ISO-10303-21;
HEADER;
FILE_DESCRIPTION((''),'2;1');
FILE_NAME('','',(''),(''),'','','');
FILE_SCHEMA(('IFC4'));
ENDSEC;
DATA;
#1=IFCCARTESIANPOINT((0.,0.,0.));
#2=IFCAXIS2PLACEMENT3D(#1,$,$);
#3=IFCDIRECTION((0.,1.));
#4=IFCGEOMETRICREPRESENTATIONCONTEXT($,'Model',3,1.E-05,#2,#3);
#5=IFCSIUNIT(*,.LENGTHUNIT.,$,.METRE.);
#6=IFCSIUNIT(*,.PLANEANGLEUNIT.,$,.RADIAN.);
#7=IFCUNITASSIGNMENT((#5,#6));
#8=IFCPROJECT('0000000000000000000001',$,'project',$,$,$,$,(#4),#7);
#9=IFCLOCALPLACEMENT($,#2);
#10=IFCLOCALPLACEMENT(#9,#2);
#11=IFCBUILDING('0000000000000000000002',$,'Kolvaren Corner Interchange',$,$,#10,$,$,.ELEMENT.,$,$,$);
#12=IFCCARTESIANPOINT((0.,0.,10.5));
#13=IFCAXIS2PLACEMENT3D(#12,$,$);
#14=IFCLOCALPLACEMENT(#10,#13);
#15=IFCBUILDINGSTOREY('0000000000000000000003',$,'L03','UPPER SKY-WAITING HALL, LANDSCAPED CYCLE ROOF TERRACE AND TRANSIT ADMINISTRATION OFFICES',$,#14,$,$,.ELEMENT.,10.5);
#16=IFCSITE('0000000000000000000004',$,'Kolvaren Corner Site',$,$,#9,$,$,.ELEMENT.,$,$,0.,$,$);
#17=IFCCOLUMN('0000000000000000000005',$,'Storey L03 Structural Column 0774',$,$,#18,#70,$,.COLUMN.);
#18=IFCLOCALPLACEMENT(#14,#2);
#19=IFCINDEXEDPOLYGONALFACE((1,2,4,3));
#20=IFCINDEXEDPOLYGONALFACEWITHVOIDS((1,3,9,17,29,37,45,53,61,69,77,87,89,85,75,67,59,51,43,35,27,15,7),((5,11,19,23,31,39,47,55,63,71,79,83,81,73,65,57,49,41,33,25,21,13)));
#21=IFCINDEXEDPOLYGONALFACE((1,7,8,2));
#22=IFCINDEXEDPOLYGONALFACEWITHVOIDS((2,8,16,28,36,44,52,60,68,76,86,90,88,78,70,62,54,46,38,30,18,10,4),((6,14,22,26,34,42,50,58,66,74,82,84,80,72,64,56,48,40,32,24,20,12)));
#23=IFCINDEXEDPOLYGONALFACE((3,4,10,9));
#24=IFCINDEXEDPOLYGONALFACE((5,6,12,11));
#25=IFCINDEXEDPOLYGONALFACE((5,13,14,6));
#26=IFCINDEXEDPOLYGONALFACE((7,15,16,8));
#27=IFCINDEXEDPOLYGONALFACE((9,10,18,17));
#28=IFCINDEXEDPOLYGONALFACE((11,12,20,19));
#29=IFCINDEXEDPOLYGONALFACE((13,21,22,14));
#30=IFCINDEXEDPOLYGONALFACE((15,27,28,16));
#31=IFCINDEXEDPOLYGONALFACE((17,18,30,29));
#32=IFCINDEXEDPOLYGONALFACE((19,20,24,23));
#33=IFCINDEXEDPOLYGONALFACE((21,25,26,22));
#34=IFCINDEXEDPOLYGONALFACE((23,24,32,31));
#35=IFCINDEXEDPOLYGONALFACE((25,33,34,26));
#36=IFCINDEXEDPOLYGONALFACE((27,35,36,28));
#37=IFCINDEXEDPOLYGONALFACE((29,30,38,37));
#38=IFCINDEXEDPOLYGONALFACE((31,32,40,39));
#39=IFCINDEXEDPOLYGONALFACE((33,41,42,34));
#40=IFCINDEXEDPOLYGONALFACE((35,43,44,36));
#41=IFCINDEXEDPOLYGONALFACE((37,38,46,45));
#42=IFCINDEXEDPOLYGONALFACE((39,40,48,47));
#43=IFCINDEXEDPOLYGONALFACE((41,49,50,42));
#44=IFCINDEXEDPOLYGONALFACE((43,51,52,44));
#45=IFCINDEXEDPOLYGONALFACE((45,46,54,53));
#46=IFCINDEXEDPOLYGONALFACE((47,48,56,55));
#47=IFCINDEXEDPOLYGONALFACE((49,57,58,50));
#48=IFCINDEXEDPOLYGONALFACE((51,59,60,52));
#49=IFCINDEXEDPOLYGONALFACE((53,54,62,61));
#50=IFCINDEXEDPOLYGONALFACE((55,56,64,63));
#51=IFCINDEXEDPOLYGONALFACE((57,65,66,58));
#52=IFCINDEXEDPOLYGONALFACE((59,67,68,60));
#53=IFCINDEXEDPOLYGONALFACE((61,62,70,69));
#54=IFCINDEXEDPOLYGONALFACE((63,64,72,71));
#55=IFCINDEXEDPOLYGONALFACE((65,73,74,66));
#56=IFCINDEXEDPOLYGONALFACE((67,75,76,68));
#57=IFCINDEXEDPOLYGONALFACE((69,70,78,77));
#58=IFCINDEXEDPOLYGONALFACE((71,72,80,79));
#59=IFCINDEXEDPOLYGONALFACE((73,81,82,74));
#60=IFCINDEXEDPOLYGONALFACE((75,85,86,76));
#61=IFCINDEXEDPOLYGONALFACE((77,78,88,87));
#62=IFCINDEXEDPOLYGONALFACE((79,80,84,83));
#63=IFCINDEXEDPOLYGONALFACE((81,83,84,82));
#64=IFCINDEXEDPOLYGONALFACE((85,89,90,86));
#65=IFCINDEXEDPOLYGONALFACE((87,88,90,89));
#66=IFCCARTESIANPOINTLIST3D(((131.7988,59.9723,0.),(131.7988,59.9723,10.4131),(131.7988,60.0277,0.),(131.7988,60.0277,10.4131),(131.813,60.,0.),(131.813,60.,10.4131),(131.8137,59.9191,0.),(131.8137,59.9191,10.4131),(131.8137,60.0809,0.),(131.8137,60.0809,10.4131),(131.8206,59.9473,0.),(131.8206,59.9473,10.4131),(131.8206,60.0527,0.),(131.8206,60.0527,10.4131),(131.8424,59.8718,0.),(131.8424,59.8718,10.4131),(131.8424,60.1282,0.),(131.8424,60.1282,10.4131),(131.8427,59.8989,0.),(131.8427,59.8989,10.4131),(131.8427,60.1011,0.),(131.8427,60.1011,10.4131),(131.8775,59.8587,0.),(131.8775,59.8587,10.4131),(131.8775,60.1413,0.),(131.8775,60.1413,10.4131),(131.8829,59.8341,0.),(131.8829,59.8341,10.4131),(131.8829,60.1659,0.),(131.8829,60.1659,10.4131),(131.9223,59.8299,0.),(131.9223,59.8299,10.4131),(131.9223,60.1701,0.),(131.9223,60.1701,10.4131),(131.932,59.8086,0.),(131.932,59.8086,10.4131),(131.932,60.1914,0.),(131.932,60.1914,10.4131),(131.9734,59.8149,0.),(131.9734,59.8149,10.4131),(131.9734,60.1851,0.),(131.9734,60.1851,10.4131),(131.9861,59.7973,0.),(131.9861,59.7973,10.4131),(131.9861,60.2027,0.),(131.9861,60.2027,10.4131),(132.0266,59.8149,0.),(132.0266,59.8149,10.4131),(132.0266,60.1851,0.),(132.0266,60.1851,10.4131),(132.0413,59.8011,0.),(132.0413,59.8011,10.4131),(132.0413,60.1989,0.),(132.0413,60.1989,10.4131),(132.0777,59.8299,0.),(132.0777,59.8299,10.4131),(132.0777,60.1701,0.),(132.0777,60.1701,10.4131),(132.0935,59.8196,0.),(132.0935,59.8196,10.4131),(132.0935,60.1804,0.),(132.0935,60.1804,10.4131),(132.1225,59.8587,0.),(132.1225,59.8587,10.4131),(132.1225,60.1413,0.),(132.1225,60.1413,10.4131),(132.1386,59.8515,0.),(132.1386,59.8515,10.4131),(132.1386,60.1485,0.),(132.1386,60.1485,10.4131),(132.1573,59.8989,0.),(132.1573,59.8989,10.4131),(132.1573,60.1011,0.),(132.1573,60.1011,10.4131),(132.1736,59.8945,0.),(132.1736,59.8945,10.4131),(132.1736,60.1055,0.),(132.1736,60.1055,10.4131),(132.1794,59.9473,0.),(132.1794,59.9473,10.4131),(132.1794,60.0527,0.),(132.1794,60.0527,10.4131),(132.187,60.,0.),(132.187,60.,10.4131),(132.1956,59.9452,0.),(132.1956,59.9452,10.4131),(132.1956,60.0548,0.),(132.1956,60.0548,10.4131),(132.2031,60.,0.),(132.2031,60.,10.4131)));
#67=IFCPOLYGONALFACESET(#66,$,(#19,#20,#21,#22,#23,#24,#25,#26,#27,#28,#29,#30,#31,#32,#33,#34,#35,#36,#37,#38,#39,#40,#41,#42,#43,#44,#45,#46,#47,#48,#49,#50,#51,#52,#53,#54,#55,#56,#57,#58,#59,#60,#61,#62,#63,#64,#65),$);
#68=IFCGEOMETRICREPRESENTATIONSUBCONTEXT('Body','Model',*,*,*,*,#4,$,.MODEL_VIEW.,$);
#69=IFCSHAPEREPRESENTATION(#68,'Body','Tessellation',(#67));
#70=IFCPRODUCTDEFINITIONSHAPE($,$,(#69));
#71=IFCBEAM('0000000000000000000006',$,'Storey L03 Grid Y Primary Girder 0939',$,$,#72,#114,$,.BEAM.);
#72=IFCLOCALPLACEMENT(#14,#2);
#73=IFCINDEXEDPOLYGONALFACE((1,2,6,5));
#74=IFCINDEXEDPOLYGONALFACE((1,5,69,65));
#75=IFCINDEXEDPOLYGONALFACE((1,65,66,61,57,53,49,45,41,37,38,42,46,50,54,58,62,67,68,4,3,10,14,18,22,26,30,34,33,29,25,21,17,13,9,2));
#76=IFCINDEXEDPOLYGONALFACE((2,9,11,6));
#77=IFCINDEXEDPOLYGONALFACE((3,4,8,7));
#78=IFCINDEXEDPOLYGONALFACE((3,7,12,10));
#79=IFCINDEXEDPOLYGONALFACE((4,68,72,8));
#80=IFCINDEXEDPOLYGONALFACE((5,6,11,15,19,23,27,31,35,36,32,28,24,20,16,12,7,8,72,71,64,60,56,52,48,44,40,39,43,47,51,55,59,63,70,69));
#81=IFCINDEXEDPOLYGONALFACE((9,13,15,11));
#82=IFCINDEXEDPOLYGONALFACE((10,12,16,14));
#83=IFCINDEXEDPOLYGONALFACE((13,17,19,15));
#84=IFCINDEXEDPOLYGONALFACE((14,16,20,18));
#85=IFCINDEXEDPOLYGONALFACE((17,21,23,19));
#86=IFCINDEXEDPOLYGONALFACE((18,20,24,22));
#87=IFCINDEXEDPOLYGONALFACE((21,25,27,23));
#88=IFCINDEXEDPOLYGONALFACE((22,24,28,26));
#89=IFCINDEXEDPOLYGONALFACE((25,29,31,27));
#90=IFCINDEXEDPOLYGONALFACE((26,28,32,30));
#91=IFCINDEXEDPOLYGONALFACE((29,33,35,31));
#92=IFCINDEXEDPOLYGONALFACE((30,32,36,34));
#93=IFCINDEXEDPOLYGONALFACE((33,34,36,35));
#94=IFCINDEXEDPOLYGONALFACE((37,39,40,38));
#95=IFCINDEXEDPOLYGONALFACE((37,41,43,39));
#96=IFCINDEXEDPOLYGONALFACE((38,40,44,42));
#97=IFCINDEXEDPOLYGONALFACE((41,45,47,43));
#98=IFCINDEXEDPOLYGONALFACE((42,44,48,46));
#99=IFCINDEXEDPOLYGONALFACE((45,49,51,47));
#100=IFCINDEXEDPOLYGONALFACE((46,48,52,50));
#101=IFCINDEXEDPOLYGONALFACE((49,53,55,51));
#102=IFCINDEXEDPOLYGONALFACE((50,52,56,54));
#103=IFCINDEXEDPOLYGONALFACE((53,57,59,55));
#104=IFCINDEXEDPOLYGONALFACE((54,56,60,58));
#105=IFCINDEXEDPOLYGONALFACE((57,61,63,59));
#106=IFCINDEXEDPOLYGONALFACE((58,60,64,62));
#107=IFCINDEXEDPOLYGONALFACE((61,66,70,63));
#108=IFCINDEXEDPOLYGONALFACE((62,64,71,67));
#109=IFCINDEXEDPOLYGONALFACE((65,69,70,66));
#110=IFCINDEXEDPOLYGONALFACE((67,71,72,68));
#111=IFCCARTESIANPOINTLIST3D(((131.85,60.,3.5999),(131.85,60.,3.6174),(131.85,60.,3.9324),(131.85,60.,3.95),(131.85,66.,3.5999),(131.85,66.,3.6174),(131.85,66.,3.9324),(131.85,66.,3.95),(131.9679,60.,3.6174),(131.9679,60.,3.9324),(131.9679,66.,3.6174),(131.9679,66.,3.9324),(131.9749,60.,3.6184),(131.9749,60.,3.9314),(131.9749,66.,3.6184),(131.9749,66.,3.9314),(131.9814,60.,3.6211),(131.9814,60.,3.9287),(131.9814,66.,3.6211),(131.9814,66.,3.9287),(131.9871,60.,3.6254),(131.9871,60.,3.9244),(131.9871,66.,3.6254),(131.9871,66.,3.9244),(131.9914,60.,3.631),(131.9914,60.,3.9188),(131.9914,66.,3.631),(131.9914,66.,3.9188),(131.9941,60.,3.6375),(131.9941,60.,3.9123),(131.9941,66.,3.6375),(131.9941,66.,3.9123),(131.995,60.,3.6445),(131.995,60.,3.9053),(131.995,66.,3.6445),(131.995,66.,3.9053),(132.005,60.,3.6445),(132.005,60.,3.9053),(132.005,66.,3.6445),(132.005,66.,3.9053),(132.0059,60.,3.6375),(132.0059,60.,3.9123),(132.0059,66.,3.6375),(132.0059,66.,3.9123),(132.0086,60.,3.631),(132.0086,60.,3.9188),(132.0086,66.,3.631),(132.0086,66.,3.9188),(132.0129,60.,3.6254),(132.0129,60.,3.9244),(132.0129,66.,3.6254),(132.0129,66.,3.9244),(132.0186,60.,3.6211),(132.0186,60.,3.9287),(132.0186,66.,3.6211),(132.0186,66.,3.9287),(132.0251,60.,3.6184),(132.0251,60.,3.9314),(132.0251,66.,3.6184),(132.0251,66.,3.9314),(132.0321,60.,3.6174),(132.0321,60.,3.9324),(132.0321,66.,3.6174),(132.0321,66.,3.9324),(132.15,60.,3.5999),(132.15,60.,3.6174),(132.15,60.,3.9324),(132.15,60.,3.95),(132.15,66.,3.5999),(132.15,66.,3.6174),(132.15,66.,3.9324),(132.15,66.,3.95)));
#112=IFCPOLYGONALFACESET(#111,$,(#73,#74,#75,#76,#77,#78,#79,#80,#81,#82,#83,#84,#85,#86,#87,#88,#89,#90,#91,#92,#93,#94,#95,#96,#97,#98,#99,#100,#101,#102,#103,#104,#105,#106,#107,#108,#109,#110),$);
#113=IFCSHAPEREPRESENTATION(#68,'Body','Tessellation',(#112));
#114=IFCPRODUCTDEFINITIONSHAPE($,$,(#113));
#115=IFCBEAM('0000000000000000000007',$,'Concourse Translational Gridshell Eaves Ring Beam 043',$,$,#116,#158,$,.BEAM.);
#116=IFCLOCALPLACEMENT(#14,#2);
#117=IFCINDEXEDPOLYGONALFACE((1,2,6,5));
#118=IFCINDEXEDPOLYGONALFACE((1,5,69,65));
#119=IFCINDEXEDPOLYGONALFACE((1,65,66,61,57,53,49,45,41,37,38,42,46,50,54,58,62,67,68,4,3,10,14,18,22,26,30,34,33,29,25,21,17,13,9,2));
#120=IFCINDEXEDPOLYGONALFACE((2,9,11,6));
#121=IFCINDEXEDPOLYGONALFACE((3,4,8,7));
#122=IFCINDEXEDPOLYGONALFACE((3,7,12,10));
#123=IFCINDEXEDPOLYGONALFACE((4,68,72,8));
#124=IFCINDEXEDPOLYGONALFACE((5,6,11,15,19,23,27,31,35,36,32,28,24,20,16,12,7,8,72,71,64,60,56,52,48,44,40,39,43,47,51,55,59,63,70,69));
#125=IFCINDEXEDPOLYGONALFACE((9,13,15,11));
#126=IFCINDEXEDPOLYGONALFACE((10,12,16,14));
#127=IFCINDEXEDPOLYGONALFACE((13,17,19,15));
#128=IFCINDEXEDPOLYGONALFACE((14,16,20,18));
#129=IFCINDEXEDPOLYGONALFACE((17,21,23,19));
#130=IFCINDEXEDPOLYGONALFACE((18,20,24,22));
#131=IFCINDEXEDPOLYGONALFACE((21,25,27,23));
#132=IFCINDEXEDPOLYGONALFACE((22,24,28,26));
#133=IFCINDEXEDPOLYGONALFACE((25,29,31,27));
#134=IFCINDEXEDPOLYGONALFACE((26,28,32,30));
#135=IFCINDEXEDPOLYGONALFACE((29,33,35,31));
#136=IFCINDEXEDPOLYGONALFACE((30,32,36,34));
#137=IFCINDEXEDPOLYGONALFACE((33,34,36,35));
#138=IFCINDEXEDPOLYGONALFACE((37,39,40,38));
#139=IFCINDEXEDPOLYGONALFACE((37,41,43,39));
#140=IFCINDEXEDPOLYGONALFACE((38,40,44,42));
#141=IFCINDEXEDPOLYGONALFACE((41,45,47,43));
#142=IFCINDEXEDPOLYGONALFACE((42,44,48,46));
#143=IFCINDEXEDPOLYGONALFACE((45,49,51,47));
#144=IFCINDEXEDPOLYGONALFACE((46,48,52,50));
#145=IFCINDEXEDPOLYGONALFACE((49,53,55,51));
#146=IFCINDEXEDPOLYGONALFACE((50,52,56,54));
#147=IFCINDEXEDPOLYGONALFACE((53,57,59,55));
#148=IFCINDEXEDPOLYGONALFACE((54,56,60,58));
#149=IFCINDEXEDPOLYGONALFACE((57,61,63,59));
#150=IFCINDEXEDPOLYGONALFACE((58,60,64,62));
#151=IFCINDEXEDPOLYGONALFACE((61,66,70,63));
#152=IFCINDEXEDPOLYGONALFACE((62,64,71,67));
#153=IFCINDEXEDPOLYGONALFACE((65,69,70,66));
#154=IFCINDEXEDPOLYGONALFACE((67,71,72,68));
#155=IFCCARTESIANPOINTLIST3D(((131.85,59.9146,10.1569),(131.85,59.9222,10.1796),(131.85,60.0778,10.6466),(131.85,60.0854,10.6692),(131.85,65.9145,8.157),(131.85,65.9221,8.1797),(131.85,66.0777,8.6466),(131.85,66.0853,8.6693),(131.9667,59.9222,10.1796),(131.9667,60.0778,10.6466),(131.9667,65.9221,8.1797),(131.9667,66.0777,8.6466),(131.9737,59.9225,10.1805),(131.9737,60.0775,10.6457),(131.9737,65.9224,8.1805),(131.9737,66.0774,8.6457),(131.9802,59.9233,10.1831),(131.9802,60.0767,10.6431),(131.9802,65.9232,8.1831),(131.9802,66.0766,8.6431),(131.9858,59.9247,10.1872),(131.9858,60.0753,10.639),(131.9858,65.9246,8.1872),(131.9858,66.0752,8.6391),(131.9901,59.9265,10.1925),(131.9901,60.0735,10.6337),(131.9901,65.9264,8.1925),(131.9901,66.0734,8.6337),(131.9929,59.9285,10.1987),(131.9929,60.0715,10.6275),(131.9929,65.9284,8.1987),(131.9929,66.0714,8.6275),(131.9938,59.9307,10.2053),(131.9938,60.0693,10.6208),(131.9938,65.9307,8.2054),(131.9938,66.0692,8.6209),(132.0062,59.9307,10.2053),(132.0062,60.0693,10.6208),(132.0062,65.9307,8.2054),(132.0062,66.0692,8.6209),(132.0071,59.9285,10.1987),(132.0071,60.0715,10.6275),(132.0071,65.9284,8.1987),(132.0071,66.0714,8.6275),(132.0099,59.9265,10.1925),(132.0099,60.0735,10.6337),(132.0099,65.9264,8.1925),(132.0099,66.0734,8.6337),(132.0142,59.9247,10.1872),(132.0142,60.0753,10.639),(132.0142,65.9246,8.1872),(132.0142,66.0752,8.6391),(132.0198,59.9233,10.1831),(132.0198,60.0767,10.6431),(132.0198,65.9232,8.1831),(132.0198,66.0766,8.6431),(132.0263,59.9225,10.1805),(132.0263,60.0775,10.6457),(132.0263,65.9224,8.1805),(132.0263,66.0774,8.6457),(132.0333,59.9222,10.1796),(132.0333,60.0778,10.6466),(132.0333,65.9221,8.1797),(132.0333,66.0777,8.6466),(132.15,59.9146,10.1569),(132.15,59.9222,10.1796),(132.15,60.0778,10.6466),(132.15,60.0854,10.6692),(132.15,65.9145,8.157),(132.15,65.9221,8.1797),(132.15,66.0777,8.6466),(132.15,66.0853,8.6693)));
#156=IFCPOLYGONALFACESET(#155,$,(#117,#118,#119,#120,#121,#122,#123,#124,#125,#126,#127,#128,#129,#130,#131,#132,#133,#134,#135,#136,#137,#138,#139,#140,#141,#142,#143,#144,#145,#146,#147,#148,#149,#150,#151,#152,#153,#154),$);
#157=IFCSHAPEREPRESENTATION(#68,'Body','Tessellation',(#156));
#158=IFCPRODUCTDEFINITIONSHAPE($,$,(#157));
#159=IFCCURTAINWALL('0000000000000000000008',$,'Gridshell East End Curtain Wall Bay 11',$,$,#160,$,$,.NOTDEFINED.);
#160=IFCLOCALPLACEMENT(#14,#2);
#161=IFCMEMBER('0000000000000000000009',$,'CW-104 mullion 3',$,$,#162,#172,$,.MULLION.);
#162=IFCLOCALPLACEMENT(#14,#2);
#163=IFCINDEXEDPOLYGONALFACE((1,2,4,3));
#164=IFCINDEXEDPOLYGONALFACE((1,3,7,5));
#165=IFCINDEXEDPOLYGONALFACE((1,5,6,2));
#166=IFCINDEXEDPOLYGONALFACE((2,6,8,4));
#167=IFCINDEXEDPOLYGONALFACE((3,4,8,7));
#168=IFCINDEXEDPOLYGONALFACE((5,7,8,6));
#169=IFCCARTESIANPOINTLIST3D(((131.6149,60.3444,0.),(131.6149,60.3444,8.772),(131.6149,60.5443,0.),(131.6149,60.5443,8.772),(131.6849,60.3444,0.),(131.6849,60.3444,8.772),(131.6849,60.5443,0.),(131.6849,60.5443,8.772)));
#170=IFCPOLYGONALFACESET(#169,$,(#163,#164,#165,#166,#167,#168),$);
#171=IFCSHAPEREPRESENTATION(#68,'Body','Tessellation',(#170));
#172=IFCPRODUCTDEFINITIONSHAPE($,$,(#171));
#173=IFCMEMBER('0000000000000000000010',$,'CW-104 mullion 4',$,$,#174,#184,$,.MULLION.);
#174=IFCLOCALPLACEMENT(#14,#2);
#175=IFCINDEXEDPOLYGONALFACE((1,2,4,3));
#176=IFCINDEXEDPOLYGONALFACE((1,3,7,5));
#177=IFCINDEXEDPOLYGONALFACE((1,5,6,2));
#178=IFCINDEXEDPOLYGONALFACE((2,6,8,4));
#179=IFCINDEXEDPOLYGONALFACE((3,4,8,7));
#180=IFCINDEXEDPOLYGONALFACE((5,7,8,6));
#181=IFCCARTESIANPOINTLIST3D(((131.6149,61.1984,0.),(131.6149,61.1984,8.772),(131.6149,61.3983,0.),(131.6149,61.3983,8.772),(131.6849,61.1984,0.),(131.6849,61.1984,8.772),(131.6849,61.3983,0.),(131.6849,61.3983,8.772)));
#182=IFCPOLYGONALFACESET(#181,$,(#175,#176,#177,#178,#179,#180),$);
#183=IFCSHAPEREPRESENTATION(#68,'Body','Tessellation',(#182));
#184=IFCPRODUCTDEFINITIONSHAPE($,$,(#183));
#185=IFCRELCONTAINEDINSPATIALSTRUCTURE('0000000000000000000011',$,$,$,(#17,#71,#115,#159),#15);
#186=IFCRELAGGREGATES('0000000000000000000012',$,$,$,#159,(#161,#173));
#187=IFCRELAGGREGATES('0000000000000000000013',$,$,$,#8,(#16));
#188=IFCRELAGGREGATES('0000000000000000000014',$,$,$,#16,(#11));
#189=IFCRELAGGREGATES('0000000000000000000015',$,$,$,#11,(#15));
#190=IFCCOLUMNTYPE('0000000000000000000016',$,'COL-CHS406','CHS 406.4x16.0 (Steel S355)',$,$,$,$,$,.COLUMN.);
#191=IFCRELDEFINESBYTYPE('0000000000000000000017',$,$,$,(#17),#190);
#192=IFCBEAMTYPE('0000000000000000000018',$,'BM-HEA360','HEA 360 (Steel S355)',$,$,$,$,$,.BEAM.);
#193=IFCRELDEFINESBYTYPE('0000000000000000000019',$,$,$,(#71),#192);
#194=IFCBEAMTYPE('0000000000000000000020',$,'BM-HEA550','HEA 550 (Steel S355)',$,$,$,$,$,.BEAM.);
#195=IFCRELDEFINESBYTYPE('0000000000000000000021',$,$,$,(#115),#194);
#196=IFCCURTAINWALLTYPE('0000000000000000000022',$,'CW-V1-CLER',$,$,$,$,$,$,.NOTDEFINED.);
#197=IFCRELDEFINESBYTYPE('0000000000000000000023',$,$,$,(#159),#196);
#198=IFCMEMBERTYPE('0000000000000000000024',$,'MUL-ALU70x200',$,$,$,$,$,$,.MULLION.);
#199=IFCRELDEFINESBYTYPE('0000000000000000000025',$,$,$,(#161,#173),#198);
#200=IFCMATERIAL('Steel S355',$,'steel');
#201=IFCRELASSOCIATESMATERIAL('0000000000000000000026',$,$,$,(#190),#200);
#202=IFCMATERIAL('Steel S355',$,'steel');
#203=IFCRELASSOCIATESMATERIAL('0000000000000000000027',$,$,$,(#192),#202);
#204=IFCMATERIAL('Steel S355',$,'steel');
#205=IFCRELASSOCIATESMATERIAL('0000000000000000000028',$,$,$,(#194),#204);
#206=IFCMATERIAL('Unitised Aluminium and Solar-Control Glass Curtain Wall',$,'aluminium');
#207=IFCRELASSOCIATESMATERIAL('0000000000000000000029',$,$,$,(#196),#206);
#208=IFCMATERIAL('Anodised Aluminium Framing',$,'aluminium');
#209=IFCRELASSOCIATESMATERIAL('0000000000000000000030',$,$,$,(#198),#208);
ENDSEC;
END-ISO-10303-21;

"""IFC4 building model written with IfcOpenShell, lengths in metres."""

from ifc_helpers import new_model, si_unit, direction, frame, origin, origin_2d, place, context, subcontext, project, spatial, rectangle, hollow_circle, i_section, extrude, material, material_profile, profile_set, type_object, element, aggregate, save


model = new_model("IFC4")

# Units and contexts
model_context = context("Model", 3, precision=1e-05, world=origin(), true_north=direction((0.0, 1.0)))
body_context = subcontext(model_context, "Body", "Model", "MODEL_VIEW")
ifc_project = project(units=[si_unit("LENGTHUNIT", "METRE"), si_unit("PLANEANGLEUNIT", "RADIAN")], contexts=[model_context])

# Site, building, storey
site_placement = place(None, origin())
site = spatial("IfcSite", under=ifc_project, at=site_placement, Name="Kolvaren Corner Site", CompositionType="ELEMENT", RefElevation=0.0)
building_placement = place(site_placement, origin())
building = spatial("IfcBuilding", under=site, at=building_placement, Name="Kolvaren Corner Interchange", CompositionType="ELEMENT")
storey_placement = place(building_placement, frame((0.0, 0.0, 10.5)))
storey = spatial("IfcBuildingStorey", under=building, at=storey_placement, Name="L03", Description="UPPER SKY-WAITING HALL, LANDSCAPED CYCLE ROOF TERRACE AND TRANSIT ADMINISTRATION OFFICES", CompositionType="ELEMENT", Elevation=10.5)

# Column
ifc_material_1 = material(Name="Steel S355", Category="steel")
ifc_material_profile_1 = material_profile(ifc_material_1, hollow_circle(Radius=0.2031, WallThickness=0.0161, at=origin_2d()), Name="CHS 406.4x16.0")
ifc_profile_set_1 = profile_set([ifc_material_profile_1], Name="Steel S355")
column_type = type_object("IfcColumnType", Name="COL-CHS406", Description="CHS 406.4x16.0 (Steel S355)", PredefinedType="COLUMN", material=ifc_profile_set_1)
column_placement = place(storey_placement, frame((132.0, 60.0, 0.0), z_axis=(0.0, 0.0, 1.0), x_axis=(1.0, 0.0, 0.0)))
element("IfcColumn", 1, at=column_placement, inside=storey, type_object=column_type, Name="Storey L03 Structural Column 0774", PredefinedType="COLUMN", context=body_context, shape_type="SweptSolid", body=[
    extrude(hollow_circle(Radius=0.2031, WallThickness=0.0161, at=origin_2d()), origin(), (0.0, 0.0, 1.0), 10.4131),
])

# Beams
ifc_material_2 = material(Name="Steel S355", Category="steel")
ifc_material_profile_2 = material_profile(ifc_material_2, i_section(OverallWidth=0.3, OverallDepth=0.3501, WebThickness=0.01, FlangeThickness=0.0176, FilletRadius=0.0271, at=origin_2d()), Name="HEA 360")
ifc_profile_set_2 = profile_set([ifc_material_profile_2], Name="Steel S355")
beam_type_1 = type_object("IfcBeamType", Name="BM-HEA360", Description="HEA 360 (Steel S355)", PredefinedType="BEAM", material=ifc_profile_set_2)
beam_1_placement = place(storey_placement, frame((132.0, 60.0, 3.7749), z_axis=(0.0, 1.0, 0.0), x_axis=(-1.0, 0.0, 0.0)))
element("IfcBeam", 2, at=beam_1_placement, inside=storey, type_object=beam_type_1, Name="Storey L03 Grid Y Primary Girder 0939", PredefinedType="BEAM", context=body_context, shape_type="SweptSolid", body=[
    extrude(i_section(OverallWidth=0.3, OverallDepth=0.3501, WebThickness=0.01, FlangeThickness=0.0176, FilletRadius=0.0271, at=origin_2d()), origin(), (0.0, 0.0, 1.0), 6.0),
])
ifc_material_3 = material(Name="Steel S355", Category="steel")
ifc_material_profile_3 = material_profile(ifc_material_3, i_section(OverallWidth=0.3, OverallDepth=0.54, WebThickness=0.0125, FlangeThickness=0.0239, FilletRadius=0.0271, at=origin_2d()), Name="HEA 550")
ifc_profile_set_3 = profile_set([ifc_material_profile_3], Name="Steel S355")
beam_type_2 = type_object("IfcBeamType", Name="BM-HEA550", Description="HEA 550 (Steel S355)", PredefinedType="BEAM", material=ifc_profile_set_3)
beam_2_placement = place(storey_placement, frame((132.0, 60.0, 10.4131), z_axis=(0.0, 0.948683, -0.316228), x_axis=(-1.0, 0.0, 0.0)))
element("IfcBeam", 3, at=beam_2_placement, inside=storey, type_object=beam_type_2, Name="Concourse Translational Gridshell Eaves Ring Beam 043", PredefinedType="BEAM", context=body_context, shape_type="SweptSolid", body=[
    extrude(i_section(OverallWidth=0.3, OverallDepth=0.54, WebThickness=0.0125, FlangeThickness=0.0239, FilletRadius=0.0271, at=origin_2d()), origin(), (0.0, 0.0, 1.0), 6.3245),
])

# Curtain wall, members
ifc_material_4 = material(Name="Unitised Aluminium and Solar-Control Glass Curtain Wall", Category="aluminium")
curtain_wall_type = type_object("IfcCurtainWallType", Name="CW-V1-CLER", PredefinedType="NOTDEFINED", material=ifc_material_4)
curtain_wall_1_placement = place(storey_placement, origin())
curtain_wall_1 = element("IfcCurtainWall", 4, at=curtain_wall_1_placement, inside=storey, type_object=curtain_wall_type, Name="Gridshell East End Curtain Wall Bay 11", PredefinedType="NOTDEFINED")
ifc_material_5 = material(Name="Anodised Aluminium Framing", Category="aluminium")
ifc_material_profile_4 = material_profile(ifc_material_5, rectangle(XDim=0.0701, YDim=0.2, at=origin_2d()), Name="ALU 70x200")
ifc_profile_set_4 = profile_set([ifc_material_profile_4], Name="Anodised Aluminium Framing")
member_type_1 = type_object("IfcMemberType", Name="MUL-ALU70x200", PredefinedType="MULLION", material=ifc_profile_set_4)
member_1_placement = place(storey_placement, frame((131.6499, 60.4443, 0.0), z_axis=(0.0, 0.0, 1.0), x_axis=(-1.0, 0.0, 0.0)))
member_1 = element("IfcMember", 5, at=member_1_placement, type_object=member_type_1, Name="CW-104 mullion 3", PredefinedType="MULLION", context=body_context, shape_type="SweptSolid", body=[
    extrude(rectangle(XDim=0.0701, YDim=0.2, at=origin_2d()), origin(), (0.0, 0.0, 1.0), 8.772),
])
member_2_placement = place(storey_placement, frame((131.6499, 61.2983, 0.0), z_axis=(0.0, 0.0, 1.0), x_axis=(-1.0, 0.0, 0.0)))
member_2 = element("IfcMember", 6, at=member_2_placement, type_object=member_type_1, Name="CW-104 mullion 4", PredefinedType="MULLION", context=body_context, shape_type="SweptSolid", body=[
    extrude(rectangle(XDim=0.0701, YDim=0.2, at=origin_2d()), origin(), (0.0, 0.0, 1.0), 8.772),
])

aggregate(curtain_wall_1, [member_1, member_2])

save(model, "model.ifc")
